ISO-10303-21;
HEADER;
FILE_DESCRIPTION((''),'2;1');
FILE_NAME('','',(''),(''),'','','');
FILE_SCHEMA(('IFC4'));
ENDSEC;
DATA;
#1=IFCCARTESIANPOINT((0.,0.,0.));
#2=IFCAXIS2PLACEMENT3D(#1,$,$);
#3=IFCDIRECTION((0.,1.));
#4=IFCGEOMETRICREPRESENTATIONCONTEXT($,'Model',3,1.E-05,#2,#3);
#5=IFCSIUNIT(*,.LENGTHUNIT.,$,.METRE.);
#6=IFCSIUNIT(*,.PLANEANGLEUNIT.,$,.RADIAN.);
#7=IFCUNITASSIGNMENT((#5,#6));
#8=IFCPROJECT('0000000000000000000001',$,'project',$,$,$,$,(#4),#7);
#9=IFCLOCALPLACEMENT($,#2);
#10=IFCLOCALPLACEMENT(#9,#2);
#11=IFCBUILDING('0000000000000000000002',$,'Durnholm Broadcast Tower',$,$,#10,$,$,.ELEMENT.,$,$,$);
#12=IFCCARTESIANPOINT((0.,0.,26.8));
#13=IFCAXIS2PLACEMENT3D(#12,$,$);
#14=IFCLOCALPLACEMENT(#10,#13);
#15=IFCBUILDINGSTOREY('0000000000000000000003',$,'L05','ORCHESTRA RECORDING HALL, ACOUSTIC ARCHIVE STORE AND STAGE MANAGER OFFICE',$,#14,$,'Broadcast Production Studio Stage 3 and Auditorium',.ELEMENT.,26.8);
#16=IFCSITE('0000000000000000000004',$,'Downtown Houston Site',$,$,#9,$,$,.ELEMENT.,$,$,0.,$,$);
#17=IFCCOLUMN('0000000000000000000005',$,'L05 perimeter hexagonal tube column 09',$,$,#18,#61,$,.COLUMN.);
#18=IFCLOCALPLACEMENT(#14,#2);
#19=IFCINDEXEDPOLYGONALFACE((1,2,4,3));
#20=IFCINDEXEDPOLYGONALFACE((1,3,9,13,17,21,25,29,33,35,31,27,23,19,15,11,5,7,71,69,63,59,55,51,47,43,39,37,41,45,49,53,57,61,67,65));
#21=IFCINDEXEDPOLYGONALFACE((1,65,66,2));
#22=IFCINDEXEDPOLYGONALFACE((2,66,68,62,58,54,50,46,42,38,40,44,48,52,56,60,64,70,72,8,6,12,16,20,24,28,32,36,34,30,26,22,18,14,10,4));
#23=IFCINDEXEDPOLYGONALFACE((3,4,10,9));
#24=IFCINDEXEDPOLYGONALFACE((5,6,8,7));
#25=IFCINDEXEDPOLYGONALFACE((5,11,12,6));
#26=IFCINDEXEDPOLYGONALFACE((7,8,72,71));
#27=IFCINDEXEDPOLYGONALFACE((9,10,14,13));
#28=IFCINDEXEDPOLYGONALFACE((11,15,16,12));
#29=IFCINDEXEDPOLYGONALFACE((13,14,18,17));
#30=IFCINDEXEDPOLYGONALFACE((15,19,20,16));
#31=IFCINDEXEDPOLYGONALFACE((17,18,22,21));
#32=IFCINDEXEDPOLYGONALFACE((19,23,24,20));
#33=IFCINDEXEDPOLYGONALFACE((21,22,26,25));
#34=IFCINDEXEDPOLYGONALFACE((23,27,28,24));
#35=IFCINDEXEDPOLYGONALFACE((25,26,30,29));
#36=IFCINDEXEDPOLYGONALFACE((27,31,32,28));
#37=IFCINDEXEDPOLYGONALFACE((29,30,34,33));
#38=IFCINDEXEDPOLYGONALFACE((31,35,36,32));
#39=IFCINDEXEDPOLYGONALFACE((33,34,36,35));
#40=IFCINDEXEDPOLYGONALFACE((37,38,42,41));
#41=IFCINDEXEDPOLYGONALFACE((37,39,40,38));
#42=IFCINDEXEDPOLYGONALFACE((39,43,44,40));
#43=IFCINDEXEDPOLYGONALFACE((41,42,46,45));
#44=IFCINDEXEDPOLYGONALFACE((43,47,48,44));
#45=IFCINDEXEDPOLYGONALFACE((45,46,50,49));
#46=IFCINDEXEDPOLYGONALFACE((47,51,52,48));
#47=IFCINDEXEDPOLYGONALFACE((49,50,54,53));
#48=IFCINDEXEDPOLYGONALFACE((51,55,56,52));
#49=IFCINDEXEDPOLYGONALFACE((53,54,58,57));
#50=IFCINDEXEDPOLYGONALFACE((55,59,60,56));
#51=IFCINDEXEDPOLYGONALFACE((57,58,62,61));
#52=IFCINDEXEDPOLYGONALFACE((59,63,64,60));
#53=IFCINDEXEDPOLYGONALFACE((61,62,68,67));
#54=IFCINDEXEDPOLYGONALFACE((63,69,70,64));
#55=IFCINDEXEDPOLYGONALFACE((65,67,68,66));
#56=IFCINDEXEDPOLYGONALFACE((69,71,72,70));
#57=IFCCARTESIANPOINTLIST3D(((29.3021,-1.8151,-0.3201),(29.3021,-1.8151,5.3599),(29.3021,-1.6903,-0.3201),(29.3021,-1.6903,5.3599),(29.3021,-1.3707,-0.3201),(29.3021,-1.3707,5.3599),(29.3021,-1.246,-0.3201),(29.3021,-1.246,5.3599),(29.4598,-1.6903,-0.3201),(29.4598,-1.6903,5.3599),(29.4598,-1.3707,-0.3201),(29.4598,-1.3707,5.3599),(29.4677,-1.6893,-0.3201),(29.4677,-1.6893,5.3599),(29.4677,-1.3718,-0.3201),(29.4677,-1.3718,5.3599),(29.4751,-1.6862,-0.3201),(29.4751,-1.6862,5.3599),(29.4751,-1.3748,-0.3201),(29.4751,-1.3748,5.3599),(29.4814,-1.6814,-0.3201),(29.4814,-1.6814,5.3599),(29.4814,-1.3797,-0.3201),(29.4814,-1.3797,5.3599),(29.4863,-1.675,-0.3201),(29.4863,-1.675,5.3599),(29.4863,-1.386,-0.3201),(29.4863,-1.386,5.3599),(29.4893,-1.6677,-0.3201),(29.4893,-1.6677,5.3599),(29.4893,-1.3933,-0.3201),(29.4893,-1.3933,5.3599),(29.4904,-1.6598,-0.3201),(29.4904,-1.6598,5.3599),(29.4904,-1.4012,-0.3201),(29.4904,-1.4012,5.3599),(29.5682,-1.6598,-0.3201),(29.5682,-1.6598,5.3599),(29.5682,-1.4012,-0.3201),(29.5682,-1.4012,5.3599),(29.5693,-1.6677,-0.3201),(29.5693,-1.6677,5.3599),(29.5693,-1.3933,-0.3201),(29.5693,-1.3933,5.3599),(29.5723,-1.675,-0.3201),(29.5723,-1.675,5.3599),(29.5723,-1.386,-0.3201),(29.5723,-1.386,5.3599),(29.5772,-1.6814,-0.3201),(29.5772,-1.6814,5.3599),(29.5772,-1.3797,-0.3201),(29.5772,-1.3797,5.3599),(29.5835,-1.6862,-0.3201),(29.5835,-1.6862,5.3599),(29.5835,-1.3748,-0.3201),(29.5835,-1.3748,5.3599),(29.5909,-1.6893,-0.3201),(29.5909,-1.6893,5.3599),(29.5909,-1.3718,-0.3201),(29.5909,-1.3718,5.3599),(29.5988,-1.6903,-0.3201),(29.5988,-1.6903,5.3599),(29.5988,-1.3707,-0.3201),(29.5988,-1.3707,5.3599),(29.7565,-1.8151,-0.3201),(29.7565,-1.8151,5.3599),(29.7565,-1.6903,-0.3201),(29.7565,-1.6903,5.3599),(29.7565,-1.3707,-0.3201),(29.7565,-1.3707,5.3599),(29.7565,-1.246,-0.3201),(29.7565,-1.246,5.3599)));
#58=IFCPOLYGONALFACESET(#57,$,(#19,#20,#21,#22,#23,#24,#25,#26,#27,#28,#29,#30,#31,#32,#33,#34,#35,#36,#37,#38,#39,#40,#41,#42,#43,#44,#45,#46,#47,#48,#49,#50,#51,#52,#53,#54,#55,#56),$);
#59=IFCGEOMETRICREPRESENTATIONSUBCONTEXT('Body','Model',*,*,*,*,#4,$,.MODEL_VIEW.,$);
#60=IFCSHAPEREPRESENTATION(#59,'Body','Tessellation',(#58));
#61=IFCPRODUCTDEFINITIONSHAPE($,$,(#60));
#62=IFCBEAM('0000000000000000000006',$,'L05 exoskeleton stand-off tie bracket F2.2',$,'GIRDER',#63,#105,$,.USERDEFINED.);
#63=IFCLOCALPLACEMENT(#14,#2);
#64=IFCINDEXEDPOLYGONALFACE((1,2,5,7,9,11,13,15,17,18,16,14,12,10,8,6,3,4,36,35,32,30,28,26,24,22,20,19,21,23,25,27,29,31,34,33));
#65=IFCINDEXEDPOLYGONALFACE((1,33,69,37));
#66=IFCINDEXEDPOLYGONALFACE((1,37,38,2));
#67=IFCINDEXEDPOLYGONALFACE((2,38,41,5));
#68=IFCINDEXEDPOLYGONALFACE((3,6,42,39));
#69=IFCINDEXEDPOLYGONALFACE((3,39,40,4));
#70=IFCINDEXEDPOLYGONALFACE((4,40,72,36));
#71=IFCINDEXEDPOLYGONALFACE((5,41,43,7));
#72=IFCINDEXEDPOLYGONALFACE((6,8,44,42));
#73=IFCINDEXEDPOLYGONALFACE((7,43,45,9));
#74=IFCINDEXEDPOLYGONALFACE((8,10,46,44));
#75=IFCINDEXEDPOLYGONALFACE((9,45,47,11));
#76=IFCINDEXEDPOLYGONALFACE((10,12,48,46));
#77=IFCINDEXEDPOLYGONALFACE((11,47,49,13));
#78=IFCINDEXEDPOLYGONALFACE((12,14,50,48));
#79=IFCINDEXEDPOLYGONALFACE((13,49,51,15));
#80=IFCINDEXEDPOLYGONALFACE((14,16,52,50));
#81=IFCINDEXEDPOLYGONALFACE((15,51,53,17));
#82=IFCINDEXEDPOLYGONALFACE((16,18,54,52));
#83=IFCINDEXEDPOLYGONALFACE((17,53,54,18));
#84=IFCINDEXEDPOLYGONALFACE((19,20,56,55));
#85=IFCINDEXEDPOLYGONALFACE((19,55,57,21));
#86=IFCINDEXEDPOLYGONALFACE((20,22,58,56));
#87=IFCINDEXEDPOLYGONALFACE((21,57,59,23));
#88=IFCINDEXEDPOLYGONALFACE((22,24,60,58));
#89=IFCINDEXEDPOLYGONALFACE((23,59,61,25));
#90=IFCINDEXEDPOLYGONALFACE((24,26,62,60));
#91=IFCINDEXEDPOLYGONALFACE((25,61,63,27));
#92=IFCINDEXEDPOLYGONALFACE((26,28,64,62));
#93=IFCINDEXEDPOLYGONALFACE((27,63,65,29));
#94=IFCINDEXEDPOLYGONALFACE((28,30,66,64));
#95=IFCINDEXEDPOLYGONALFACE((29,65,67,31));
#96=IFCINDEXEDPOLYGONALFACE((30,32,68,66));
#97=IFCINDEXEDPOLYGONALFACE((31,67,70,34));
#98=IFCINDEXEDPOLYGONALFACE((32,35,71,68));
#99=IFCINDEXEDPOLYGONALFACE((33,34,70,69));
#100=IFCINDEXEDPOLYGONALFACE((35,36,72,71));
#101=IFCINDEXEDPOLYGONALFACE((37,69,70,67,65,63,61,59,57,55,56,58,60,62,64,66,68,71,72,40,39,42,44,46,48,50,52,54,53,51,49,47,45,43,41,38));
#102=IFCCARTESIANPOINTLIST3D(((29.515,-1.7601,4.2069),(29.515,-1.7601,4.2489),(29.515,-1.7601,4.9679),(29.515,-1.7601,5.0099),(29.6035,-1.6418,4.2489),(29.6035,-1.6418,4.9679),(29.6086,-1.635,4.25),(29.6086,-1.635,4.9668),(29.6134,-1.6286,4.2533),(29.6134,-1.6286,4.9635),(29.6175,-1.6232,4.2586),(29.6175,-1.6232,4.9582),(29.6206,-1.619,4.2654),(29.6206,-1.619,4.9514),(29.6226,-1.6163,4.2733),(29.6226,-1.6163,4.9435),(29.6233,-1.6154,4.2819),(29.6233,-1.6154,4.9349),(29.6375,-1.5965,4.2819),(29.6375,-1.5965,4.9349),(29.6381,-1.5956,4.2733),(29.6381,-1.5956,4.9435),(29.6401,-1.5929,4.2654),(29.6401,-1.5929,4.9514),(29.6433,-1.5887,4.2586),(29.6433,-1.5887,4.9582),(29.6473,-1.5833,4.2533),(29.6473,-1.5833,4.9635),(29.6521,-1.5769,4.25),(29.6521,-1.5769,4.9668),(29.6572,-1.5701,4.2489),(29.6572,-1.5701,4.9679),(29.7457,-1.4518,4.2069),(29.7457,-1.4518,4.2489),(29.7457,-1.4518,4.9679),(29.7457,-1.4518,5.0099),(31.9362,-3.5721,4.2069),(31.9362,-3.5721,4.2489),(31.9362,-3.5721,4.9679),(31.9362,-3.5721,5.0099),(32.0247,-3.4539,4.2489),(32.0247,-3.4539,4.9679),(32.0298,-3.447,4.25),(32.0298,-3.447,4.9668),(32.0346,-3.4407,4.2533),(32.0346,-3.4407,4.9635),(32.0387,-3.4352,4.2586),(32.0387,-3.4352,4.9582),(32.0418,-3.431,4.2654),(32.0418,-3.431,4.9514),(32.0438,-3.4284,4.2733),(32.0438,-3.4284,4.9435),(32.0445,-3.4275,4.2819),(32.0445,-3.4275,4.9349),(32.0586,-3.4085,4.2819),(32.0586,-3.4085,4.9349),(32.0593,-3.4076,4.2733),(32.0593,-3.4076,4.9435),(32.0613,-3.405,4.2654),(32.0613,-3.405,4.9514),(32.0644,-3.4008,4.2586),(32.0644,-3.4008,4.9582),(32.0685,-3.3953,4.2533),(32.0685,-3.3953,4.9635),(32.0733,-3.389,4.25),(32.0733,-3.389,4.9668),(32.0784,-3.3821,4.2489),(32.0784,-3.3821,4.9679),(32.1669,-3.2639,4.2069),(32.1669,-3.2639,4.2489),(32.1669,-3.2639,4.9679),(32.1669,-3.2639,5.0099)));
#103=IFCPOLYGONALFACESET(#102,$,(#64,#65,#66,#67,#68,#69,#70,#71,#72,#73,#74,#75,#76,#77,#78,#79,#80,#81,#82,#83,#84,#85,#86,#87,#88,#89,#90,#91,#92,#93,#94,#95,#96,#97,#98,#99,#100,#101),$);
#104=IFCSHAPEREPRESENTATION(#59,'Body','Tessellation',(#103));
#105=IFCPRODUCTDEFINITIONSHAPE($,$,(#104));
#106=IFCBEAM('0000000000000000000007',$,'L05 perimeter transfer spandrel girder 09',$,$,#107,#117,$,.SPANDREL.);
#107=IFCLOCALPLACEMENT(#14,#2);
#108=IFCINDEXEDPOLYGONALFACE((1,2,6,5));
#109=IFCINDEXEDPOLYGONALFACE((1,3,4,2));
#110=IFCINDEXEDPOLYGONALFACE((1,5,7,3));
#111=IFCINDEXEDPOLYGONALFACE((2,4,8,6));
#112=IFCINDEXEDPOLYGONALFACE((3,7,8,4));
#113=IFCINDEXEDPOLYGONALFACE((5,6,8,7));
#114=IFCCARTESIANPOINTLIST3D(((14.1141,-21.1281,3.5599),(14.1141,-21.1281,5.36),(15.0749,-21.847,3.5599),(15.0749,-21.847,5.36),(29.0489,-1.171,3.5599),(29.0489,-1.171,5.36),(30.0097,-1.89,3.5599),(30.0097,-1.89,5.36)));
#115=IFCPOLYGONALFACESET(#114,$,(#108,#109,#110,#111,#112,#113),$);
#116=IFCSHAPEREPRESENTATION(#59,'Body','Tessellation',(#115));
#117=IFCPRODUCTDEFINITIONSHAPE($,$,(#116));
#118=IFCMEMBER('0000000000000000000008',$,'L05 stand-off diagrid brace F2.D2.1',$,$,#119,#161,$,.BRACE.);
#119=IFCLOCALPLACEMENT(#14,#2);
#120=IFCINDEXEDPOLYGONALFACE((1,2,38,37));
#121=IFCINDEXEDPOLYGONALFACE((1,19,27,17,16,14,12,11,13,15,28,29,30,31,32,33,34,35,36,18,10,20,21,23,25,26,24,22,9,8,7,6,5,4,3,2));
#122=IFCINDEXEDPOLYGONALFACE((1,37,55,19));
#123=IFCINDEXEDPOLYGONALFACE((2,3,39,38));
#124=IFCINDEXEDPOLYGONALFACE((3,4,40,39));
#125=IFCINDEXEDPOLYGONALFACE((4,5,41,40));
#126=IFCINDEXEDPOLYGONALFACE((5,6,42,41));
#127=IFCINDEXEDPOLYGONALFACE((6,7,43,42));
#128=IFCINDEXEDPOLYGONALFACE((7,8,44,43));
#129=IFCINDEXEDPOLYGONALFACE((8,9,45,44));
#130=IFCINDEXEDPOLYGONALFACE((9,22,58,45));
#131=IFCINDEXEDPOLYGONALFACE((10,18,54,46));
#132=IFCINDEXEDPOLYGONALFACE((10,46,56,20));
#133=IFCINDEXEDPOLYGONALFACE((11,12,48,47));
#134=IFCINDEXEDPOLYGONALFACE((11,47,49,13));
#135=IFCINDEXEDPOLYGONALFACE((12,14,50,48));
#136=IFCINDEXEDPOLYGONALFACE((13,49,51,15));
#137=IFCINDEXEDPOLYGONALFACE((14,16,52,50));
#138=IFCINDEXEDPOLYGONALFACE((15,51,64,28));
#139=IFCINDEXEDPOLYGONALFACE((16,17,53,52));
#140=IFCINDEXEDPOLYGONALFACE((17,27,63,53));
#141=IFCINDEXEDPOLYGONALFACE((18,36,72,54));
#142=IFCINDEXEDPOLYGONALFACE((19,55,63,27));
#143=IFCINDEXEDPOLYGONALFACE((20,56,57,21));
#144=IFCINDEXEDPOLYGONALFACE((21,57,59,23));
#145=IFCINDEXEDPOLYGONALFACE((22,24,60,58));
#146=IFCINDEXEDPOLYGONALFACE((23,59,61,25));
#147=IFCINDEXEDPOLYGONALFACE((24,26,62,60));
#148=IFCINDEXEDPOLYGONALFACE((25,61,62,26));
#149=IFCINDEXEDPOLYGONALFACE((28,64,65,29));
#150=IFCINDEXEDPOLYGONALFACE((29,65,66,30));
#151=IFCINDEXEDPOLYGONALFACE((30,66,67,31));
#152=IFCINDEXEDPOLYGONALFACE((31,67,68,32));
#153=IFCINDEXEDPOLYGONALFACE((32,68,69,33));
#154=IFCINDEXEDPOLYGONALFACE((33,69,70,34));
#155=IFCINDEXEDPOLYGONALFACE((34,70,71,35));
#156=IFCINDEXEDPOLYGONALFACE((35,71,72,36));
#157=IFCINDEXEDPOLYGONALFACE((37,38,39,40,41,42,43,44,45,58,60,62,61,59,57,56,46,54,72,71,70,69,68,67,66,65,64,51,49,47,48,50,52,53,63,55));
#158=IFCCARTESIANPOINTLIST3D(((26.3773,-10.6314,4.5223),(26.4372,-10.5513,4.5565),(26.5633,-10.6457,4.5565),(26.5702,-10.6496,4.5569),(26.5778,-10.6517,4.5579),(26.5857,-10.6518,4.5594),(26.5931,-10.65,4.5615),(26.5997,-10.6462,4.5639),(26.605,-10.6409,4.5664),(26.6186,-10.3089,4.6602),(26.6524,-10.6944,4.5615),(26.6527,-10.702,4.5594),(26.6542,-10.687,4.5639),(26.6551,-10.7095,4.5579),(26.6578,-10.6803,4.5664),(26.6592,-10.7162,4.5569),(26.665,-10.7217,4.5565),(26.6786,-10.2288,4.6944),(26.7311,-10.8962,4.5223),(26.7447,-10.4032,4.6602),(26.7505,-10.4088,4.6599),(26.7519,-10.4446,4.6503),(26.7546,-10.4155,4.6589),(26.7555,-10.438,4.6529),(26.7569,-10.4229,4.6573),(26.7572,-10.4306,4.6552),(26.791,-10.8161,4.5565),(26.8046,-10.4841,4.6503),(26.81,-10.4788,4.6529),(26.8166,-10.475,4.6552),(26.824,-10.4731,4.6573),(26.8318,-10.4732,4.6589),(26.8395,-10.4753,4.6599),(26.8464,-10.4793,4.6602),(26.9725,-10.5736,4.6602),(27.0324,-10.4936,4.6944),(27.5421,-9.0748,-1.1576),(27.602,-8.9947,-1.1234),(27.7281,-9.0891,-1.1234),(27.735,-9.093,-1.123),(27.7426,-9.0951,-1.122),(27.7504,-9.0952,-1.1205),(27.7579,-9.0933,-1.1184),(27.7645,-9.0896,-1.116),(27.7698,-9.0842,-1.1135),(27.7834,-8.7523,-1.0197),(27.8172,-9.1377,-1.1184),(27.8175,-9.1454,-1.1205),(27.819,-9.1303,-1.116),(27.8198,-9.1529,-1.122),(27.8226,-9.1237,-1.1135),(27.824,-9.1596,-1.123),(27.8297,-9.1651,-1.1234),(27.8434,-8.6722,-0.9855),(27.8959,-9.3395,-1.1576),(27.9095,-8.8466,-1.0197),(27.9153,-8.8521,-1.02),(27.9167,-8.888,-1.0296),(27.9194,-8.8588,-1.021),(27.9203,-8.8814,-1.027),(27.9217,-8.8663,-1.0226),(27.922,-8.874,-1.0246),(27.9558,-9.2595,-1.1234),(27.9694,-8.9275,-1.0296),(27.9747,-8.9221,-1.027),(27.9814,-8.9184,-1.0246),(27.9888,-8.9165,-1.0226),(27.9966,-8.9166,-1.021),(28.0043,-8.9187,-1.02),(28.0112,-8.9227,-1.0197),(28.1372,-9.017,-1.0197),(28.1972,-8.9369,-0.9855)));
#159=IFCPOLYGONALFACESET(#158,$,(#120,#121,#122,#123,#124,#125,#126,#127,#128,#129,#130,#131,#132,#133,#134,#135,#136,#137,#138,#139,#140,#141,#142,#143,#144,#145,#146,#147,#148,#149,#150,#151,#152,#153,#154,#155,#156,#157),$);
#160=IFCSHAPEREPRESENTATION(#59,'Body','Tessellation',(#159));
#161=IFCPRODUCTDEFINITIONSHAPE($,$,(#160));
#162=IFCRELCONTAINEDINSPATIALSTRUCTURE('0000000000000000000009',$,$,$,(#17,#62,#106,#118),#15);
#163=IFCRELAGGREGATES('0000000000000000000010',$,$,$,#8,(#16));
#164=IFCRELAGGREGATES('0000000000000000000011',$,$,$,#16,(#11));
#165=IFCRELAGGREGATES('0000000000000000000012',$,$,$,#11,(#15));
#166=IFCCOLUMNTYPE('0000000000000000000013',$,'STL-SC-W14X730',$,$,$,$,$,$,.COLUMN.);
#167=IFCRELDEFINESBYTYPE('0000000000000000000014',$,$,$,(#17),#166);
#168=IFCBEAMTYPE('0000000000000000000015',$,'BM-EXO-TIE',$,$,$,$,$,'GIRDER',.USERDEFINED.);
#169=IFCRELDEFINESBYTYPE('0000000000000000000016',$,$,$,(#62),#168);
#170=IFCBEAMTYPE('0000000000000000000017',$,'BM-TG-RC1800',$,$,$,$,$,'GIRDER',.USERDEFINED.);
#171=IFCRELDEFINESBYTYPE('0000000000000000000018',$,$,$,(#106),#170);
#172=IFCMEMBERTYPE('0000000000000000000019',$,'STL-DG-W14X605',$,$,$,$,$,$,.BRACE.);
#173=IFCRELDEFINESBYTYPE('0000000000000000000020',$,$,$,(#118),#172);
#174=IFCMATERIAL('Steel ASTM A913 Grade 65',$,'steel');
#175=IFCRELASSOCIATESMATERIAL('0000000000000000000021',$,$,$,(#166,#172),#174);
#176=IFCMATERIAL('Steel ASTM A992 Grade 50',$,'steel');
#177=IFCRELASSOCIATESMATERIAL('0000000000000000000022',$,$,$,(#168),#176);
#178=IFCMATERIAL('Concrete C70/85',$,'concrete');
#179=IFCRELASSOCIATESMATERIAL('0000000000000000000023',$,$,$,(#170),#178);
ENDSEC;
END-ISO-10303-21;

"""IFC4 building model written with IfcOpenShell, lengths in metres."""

from ifc_helpers import new_model, si_unit, direction, frame, origin, origin_2d, place, context, subcontext, project, spatial, rectangle, i_section, extrude, source, transform, mapped, material, material_profile, profile_set, type_object, type_shapes, element, save


model = new_model("IFC4")

# Units and contexts
model_context = context("Model", 3, precision=1e-05, world=origin(), true_north=direction((0.0, 1.0)))
body_context = subcontext(model_context, "Body", "Model", "MODEL_VIEW")
ifc_project = project(units=[si_unit("LENGTHUNIT", "METRE"), si_unit("PLANEANGLEUNIT", "RADIAN")], contexts=[model_context])

# Site, building, storey
site_placement = place(None, origin())
site = spatial("IfcSite", under=ifc_project, at=site_placement, Name="Downtown Houston Site", CompositionType="ELEMENT", RefElevation=0.0)
building_placement = place(site_placement, origin())
building = spatial("IfcBuilding", under=site, at=building_placement, Name="Durnholm Broadcast Tower", CompositionType="ELEMENT")
storey_placement = place(building_placement, frame((0.0, 0.0, 26.8)))
storey = spatial("IfcBuildingStorey", under=building, at=storey_placement, Name="L05", Description="ORCHESTRA RECORDING HALL, ACOUSTIC ARCHIVE STORE AND STAGE MANAGER OFFICE", LongName="Broadcast Production Studio Stage 3 and Auditorium", CompositionType="ELEMENT", Elevation=26.8)

# Column
ifc_material_1 = material(Name="Steel ASTM A913 Grade 65", Category="steel")
ifc_material_profile_1 = material_profile(ifc_material_1, i_section(OverallWidth=0.4543, OverallDepth=0.5691, WebThickness=0.0779, FlangeThickness=0.1248, FilletRadius=0.0305, at=origin_2d()), Name="W14X730")
ifc_profile_set_1 = profile_set([ifc_material_profile_1], Name="Steel ASTM A913 Grade 65")
column_type = type_object("IfcColumnType", Name="STL-SC-W14X730", PredefinedType="COLUMN", material=ifc_profile_set_1)
shared_shape_1 = source(origin(), body_context, "Body", "SweptSolid", [
    extrude(i_section(OverallWidth=0.4543, OverallDepth=0.5691, WebThickness=0.0779, FlangeThickness=0.1248, FilletRadius=0.0305, at=origin_2d()), origin(), (0.0, 0.0, 1.0), 5.6799),
])
type_shapes(column_type, [shared_shape_1])
column_placement = place(storey_placement, frame((29.5293, -1.5305, -0.3201), z_axis=(0.0, 0.0, 1.0), x_axis=(1.0, 0.0, 0.0)))
element("IfcColumn", 1, at=column_placement, inside=storey, type_object=column_type, Name="L05 perimeter hexagonal tube column 09", PredefinedType="COLUMN", context=body_context, shape_type="MappedRepresentation", body=[
    mapped(shared_shape_1, transform((0.0, 0.0, 0.0), x_axis=(1.0, 0.0, 0.0), y_axis=(0.0, 1.0, 0.0), z_axis=(0.0, 0.0, 1.0), scale=1.0)),
])

# Beams
ifc_material_2 = material(Name="Steel ASTM A992 Grade 50", Category="steel")
ifc_material_profile_2 = material_profile(ifc_material_2, i_section(OverallWidth=0.385, OverallDepth=0.803, WebThickness=0.0237, FlangeThickness=0.042, FilletRadius=0.033, at=origin_2d()), Name="W30X261")
ifc_profile_set_2 = profile_set([ifc_material_profile_2], Name="Steel ASTM A992 Grade 50")
beam_type_1 = type_object("IfcBeamType", Name="BM-EXO-TIE", ElementType="GIRDER", PredefinedType="USERDEFINED", material=ifc_profile_set_2)
shared_shape_2 = source(origin(), body_context, "Body", "SweptSolid", [
    extrude(i_section(OverallWidth=0.385, OverallDepth=0.803, WebThickness=0.0237, FlangeThickness=0.042, FilletRadius=0.033, at=origin_2d()), origin(), (0.0, 0.0, 1.0), 3.0242),
])
type_shapes(beam_type_1, [shared_shape_2])
beam_1_placement = place(storey_placement, frame((29.6304, -1.606, 4.6084), z_axis=(0.80061, -0.599186, 0.0), x_axis=(0.599186, 0.80061, 0.0)))
element("IfcBeam", 2, at=beam_1_placement, inside=storey, type_object=beam_type_1, Name="L05 exoskeleton stand-off tie bracket F2.2", ObjectType="GIRDER", PredefinedType="USERDEFINED", context=body_context, shape_type="MappedRepresentation", body=[
    mapped(shared_shape_2, transform((0.0, 0.0, 0.0), x_axis=(1.0, 0.0, 0.0), y_axis=(0.0, 1.0, 0.0), z_axis=(0.0, 0.0, 1.0), scale=1.0)),
])
ifc_material_3 = material(Name="Concrete C70/85", Category="concrete")
ifc_material_profile_3 = material_profile(ifc_material_3, rectangle(XDim=1.2, YDim=1.8, at=origin_2d()), Name="RC1200X1800")
ifc_profile_set_3 = profile_set([ifc_material_profile_3], Name="Concrete C70/85")
beam_type_2 = type_object("IfcBeamType", Name="BM-TG-RC1800", ElementType="GIRDER", PredefinedType="USERDEFINED", material=ifc_profile_set_3)
shared_shape_3 = source(origin(), body_context, "Body", "SweptSolid", [
    extrude(rectangle(XDim=1.2, YDim=1.8, at=origin_2d()), origin(), (0.0, 0.0, 1.0), 24.9265),
])
type_shapes(beam_type_2, [shared_shape_3])
beam_2_placement = place(storey_placement, frame((29.5293, -1.5305, 4.46), z_axis=(-0.599153, -0.800634, 0.0), x_axis=(0.800634, -0.599153, 0.0)))
element("IfcBeam", 3, at=beam_2_placement, inside=storey, type_object=beam_type_2, Name="L05 perimeter transfer spandrel girder 09", PredefinedType="SPANDREL", context=body_context, shape_type="MappedRepresentation", body=[
    mapped(shared_shape_3, transform((0.0, 0.0, 0.0), x_axis=(1.0, 0.0, 0.0), y_axis=(0.0, 1.0, 0.0), z_axis=(0.0, 0.0, 1.0), scale=1.0)),
])

# Member
ifc_material_profile_4 = material_profile(ifc_material_1, i_section(OverallWidth=0.4419, OverallDepth=0.5315, WebThickness=0.0659, FlangeThickness=0.1057, FilletRadius=0.0305, at=origin_2d()), Name="W14X605")
ifc_profile_set_4 = profile_set([ifc_material_profile_4], Name="Steel ASTM A913 Grade 65")
member_type_1 = type_object("IfcMemberType", Name="STL-DG-W14X605", PredefinedType="BRACE", material=ifc_profile_set_4)
shared_shape_4 = source(origin(), body_context, "Body", "SweptSolid", [
    extrude(i_section(OverallWidth=0.4419, OverallDepth=0.5315, WebThickness=0.0659, FlangeThickness=0.1057, FilletRadius=0.0305, at=origin_2d()), origin(), (0.0, 0.0, 1.0), 6.0034),
])
type_shapes(member_type_1, [shared_shape_4])
for number, where, z_axis, x_axis, name in (
    (4, (27.8696, -9.0059, -1.0715), (-0.194021, -0.259291, 0.94611), (0.800663, -0.599116, 0.0), "L05 stand-off diagrid brace F2.D2.1"),
):
    element("IfcMember", number, at=place(storey_placement, frame(where, z_axis=z_axis, x_axis=x_axis)), inside=storey, type_object=member_type_1, Name=name, PredefinedType="BRACE", context=body_context, shape_type="MappedRepresentation", body=[
        mapped(shared_shape_4, transform((0.0, 0.0, 0.0), x_axis=(1.0, 0.0, 0.0), y_axis=(0.0, 1.0, 0.0), z_axis=(0.0, 0.0, 1.0), scale=1.0)),
    ])

save(model, "model.ifc")
